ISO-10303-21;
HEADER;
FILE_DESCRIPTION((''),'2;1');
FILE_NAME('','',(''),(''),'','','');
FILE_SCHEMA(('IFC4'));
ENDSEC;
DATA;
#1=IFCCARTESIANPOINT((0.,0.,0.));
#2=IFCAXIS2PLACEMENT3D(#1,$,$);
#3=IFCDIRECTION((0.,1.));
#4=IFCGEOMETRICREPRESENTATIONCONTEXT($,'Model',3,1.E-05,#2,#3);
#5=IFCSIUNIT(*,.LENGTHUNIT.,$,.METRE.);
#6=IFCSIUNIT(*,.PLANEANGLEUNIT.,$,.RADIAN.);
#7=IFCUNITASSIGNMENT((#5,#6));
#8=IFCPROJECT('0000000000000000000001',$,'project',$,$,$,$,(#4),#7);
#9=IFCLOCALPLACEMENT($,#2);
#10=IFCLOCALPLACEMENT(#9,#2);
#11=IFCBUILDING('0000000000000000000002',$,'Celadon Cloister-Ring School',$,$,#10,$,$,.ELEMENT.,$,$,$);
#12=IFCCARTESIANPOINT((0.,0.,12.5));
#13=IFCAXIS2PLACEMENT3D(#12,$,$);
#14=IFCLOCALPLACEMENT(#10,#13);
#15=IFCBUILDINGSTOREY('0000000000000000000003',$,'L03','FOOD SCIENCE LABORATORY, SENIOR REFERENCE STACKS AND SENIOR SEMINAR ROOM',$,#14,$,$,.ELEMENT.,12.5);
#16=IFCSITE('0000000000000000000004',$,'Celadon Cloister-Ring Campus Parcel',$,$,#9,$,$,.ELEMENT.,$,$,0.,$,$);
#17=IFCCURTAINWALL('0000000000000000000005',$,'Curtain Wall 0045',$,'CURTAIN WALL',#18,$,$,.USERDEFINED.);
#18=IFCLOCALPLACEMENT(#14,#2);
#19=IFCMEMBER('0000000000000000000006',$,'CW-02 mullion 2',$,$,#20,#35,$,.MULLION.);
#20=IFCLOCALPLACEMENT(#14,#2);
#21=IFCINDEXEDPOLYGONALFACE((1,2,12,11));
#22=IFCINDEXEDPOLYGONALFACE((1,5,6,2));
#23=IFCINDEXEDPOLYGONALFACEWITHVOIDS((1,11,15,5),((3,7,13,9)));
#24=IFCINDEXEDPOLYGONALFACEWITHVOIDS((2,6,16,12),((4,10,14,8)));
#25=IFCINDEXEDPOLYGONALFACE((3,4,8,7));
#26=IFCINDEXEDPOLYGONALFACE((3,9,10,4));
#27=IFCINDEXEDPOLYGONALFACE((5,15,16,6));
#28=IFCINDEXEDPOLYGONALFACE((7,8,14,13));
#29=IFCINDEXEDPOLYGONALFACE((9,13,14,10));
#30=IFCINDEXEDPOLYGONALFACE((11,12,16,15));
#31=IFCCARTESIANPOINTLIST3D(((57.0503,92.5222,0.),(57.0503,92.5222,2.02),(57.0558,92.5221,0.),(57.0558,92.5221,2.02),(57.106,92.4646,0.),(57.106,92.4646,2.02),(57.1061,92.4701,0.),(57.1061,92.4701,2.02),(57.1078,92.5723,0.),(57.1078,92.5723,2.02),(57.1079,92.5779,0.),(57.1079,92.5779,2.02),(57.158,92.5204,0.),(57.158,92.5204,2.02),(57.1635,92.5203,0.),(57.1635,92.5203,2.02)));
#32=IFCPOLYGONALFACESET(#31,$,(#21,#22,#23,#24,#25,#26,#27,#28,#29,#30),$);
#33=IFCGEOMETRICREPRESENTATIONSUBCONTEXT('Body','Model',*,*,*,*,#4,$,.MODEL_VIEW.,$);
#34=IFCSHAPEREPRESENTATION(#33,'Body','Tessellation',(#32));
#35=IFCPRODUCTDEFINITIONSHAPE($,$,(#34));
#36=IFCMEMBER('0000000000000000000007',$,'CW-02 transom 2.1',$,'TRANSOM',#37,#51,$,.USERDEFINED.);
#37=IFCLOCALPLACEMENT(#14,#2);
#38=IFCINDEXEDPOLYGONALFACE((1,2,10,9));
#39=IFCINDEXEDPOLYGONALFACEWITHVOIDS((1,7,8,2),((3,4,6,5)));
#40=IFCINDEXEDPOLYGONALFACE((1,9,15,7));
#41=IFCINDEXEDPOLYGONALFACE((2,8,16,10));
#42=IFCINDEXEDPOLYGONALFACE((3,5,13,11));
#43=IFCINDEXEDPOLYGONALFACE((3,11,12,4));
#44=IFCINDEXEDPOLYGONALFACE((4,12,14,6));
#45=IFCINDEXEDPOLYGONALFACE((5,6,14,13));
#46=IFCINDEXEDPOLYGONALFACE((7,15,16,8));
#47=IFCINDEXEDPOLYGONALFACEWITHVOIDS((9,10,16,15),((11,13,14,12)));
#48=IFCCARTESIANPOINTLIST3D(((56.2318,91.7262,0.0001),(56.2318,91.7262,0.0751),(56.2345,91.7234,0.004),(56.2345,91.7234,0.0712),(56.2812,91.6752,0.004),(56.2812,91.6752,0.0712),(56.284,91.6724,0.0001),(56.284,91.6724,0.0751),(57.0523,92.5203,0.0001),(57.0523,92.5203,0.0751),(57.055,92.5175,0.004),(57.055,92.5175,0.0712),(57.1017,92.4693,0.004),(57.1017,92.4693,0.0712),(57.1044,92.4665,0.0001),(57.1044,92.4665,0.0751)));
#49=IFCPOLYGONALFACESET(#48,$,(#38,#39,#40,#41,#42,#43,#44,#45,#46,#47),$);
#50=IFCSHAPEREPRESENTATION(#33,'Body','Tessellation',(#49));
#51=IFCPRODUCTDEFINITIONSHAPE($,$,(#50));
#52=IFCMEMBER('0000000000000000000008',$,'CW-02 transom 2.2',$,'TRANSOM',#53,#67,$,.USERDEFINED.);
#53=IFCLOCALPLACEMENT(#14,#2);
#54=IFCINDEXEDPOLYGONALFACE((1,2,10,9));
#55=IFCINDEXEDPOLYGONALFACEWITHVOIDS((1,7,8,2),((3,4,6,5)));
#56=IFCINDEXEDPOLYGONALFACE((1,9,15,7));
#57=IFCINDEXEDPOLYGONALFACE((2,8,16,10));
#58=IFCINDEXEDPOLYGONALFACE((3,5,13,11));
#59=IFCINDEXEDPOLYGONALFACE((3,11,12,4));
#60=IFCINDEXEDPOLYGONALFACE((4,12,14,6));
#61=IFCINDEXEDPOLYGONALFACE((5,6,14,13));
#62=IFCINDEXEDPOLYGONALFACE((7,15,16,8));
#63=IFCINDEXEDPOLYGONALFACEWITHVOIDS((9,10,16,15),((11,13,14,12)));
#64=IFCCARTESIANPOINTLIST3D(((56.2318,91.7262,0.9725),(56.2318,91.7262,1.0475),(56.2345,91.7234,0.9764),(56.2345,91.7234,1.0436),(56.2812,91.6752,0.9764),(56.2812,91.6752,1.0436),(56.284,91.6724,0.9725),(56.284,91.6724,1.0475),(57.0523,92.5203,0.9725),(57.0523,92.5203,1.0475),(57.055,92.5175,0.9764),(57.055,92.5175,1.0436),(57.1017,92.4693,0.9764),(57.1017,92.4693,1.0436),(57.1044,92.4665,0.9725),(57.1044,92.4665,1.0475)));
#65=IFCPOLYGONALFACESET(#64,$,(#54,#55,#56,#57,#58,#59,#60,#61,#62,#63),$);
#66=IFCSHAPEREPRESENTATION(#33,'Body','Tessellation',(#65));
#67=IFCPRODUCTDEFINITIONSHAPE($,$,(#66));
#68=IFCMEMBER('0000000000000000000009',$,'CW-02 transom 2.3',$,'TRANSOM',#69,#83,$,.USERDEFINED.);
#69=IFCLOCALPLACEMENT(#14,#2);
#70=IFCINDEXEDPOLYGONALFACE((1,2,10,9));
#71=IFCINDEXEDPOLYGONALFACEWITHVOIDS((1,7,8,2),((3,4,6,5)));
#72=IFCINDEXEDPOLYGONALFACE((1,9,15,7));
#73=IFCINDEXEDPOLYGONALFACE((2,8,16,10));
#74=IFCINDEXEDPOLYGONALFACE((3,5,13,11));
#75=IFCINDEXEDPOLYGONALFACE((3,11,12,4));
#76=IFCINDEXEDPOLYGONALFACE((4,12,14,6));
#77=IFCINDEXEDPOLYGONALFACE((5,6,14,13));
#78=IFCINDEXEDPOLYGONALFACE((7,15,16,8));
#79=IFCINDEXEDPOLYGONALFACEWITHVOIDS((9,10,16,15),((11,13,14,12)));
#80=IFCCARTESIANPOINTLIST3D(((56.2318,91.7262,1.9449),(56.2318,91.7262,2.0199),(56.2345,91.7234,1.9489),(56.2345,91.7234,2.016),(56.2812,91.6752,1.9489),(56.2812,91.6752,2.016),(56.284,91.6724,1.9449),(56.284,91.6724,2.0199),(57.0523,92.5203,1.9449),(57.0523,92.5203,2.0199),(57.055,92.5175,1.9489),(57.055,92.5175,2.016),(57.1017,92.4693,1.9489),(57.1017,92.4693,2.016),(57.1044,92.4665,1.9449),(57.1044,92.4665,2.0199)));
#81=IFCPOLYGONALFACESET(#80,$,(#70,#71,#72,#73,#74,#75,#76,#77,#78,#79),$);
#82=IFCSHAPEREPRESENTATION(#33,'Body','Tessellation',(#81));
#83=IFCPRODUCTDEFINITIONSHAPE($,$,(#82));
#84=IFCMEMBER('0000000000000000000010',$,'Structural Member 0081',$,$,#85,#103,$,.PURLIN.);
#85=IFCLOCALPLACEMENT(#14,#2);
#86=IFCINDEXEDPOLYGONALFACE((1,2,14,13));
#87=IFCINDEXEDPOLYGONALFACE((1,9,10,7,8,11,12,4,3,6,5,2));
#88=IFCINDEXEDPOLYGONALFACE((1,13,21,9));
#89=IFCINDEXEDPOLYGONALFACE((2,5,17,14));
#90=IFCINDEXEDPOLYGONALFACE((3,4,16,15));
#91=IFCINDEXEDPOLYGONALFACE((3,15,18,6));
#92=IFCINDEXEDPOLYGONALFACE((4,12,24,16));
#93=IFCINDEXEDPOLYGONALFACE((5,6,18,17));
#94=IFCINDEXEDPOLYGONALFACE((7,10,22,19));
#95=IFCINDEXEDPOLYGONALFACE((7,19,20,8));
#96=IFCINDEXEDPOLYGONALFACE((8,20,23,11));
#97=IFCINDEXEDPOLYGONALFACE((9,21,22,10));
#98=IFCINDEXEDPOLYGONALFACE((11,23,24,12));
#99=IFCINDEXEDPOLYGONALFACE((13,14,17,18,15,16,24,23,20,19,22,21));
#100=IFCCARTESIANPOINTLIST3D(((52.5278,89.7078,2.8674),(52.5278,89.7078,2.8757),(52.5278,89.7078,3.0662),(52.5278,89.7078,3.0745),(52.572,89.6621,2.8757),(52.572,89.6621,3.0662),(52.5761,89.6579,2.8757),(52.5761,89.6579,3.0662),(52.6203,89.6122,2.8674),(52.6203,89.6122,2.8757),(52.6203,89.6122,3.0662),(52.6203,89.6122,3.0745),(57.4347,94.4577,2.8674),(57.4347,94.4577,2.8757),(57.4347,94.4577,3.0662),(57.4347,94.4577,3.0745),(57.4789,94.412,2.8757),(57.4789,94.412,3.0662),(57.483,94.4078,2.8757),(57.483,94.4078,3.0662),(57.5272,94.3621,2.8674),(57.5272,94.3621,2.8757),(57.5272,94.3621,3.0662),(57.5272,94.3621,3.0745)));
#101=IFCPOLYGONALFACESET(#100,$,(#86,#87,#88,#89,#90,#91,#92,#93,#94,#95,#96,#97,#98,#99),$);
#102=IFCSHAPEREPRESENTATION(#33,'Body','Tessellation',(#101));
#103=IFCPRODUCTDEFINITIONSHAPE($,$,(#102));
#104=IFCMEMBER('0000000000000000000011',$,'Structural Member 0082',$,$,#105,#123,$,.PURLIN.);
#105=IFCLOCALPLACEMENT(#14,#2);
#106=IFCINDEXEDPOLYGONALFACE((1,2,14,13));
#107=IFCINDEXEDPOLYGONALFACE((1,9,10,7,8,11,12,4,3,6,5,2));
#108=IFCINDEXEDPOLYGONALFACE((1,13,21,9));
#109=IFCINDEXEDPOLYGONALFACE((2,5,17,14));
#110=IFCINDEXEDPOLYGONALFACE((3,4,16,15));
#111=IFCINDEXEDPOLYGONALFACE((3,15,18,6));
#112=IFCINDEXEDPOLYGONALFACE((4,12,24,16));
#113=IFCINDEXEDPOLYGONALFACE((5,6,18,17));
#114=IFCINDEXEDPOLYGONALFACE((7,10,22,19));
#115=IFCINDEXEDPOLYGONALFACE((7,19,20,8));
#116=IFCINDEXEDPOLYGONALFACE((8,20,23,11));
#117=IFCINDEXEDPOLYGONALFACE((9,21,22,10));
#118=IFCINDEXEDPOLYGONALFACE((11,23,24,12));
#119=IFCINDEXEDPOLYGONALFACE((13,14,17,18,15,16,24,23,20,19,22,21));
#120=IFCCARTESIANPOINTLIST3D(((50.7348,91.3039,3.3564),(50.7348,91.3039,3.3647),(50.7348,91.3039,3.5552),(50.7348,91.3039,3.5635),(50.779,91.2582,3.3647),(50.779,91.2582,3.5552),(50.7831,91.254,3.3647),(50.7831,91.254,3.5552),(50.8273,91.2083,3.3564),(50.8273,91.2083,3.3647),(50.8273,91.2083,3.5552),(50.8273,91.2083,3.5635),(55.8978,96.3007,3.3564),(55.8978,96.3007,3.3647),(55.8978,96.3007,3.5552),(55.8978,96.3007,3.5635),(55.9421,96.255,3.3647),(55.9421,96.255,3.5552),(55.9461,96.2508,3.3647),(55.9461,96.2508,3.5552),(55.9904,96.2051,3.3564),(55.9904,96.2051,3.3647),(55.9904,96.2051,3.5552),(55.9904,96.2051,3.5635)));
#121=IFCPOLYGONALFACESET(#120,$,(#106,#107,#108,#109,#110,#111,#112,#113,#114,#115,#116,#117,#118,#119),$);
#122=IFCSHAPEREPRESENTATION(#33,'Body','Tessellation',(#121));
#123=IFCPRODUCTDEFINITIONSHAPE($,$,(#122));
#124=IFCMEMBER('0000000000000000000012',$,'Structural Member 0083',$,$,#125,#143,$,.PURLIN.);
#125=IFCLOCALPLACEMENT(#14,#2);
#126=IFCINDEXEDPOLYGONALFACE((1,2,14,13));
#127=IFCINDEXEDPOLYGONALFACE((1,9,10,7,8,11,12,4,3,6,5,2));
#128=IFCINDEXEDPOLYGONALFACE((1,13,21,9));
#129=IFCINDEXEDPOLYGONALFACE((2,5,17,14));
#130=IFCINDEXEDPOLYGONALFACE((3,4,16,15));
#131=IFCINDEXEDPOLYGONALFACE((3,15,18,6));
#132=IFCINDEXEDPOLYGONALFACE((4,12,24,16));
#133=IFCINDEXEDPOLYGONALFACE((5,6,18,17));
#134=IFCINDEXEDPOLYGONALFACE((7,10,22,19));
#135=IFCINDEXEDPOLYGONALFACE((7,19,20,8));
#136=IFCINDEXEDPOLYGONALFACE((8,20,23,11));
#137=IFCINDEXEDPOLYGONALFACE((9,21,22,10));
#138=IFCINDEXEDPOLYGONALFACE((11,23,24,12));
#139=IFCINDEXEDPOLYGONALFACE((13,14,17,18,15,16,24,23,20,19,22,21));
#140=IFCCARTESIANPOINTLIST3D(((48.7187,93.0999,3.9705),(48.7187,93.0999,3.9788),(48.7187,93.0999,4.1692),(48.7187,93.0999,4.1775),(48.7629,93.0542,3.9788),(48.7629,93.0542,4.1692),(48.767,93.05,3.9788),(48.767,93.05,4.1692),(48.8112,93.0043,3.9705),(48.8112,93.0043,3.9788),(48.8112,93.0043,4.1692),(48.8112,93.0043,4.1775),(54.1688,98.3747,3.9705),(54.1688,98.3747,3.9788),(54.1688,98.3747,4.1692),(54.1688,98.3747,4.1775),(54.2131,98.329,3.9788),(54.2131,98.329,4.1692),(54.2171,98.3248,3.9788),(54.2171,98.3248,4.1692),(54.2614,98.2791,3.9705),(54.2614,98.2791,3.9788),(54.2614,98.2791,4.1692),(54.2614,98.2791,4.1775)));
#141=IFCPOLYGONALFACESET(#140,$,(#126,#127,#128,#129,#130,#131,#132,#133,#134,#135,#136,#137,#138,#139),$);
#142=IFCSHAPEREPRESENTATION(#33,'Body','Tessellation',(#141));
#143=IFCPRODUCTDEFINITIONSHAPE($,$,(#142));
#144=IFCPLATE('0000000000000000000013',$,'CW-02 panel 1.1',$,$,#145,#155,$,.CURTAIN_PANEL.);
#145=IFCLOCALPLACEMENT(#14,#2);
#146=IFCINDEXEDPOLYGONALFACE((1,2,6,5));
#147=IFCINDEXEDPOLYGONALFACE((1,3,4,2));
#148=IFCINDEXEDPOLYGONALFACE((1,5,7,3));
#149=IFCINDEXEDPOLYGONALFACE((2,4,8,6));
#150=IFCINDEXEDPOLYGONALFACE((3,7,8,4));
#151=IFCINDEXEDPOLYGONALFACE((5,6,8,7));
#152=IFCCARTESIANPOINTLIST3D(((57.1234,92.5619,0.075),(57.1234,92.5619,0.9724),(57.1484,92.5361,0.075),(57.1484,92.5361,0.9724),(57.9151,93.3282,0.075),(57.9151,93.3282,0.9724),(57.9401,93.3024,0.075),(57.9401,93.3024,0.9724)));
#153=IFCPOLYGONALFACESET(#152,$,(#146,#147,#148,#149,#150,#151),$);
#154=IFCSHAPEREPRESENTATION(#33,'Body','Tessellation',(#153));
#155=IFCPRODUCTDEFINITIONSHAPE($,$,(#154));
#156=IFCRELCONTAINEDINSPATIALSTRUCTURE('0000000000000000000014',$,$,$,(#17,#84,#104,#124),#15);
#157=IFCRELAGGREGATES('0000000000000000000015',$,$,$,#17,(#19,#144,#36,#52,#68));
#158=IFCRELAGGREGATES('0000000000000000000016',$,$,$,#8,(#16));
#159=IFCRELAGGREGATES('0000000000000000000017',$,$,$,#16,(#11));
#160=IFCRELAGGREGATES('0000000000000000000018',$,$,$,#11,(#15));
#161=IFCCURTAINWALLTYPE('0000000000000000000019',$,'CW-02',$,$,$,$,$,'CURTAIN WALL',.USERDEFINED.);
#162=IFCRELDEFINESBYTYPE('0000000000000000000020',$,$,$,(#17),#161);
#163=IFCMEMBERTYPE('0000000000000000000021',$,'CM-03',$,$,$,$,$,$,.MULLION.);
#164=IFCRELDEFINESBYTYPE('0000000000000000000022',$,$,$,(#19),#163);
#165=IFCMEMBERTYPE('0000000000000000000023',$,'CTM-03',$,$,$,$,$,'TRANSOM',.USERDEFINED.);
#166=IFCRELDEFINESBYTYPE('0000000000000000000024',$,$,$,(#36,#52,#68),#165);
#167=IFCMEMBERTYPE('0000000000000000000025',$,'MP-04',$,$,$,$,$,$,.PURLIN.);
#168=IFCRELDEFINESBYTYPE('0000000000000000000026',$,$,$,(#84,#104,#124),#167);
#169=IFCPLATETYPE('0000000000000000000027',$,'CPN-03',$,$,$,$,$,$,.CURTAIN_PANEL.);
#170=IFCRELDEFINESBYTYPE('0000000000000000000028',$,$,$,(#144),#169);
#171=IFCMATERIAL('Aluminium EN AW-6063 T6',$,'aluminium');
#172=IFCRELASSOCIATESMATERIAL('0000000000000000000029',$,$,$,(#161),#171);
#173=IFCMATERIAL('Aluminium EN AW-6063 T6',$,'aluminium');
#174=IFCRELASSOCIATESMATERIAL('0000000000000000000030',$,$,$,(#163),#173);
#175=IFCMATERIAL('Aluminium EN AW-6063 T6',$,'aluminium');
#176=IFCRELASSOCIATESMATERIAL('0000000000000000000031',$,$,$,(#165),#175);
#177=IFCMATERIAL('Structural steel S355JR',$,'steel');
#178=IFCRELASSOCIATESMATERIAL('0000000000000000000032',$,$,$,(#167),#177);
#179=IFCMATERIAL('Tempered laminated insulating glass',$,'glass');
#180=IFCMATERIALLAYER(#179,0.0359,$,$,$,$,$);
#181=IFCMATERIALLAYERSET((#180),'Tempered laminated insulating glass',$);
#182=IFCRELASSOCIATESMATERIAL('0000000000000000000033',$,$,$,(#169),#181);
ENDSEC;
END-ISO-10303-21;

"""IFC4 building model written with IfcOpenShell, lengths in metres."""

from ifc_helpers import new_model, si_unit, direction, frame, origin, origin_2d, place, context, subcontext, project, spatial, rectangle, hollow_rectangle, i_section, extrude, material, layer, layer_set, material_profile, profile_set, type_object, element, aggregate, save


model = new_model("IFC4")

# Units and contexts
model_context = context("Model", 3, precision=1e-05, world=origin(), true_north=direction((0.0, 1.0)))
body_context = subcontext(model_context, "Body", "Model", "MODEL_VIEW")
ifc_project = project(units=[si_unit("LENGTHUNIT", "METRE"), si_unit("PLANEANGLEUNIT", "RADIAN")], contexts=[model_context])

# Site, building, storey
site_placement = place(None, origin())
site = spatial("IfcSite", under=ifc_project, at=site_placement, Name="Celadon Cloister-Ring Campus Parcel", CompositionType="ELEMENT", RefElevation=0.0)
building_placement = place(site_placement, origin())
building = spatial("IfcBuilding", under=site, at=building_placement, Name="Celadon Cloister-Ring School", CompositionType="ELEMENT")
storey_placement = place(building_placement, frame((0.0, 0.0, 12.5)))
storey = spatial("IfcBuildingStorey", under=building, at=storey_placement, Name="L03", Description="FOOD SCIENCE LABORATORY, SENIOR REFERENCE STACKS AND SENIOR SEMINAR ROOM", CompositionType="ELEMENT", Elevation=12.5)

# Curtain wall, members
ifc_material_1 = material(Name="Aluminium EN AW-6063 T6", Category="aluminium")
curtain_wall_type = type_object("IfcCurtainWallType", Name="CW-02", ElementType="CURTAIN WALL", PredefinedType="USERDEFINED", material=ifc_material_1)
curtain_wall_placement = place(storey_placement, origin())
curtain_wall = element("IfcCurtainWall", 1, at=curtain_wall_placement, inside=storey, type_object=curtain_wall_type, Name="Curtain Wall 0045", ObjectType="CURTAIN WALL", PredefinedType="USERDEFINED")
ifc_material_2 = material(Name="Aluminium EN AW-6063 T6", Category="aluminium")
ifc_material_profile_1 = material_profile(ifc_material_2, hollow_rectangle(XDim=0.0801, YDim=0.0801, WallThickness=0.0039, at=origin_2d()), Name="RHS80X80X4")
ifc_profile_set_1 = profile_set([ifc_material_profile_1], Name="Aluminium EN AW-6063 T6")
member_type_1 = type_object("IfcMemberType", Name="CM-03", PredefinedType="MULLION", material=ifc_profile_set_1)
member_1_placement = place(storey_placement, frame((57.1069, 92.5212, 0.0), z_axis=(0.0, 0.0, 1.0), x_axis=(0.695473, -0.718552, 0.0)))
member_1 = element("IfcMember", 2, at=member_1_placement, type_object=member_type_1, Name="CW-02 mullion 2", PredefinedType="MULLION", context=body_context, shape_type="SweptSolid", body=[
    extrude(hollow_rectangle(XDim=0.0801, YDim=0.0801, WallThickness=0.0039, at=origin_2d()), origin(), (0.0, 0.0, 1.0), 2.02),
])
ifc_material_3 = material(Name="Aluminium EN AW-6063 T6", Category="aluminium")
ifc_material_profile_2 = material_profile(ifc_material_3, hollow_rectangle(XDim=0.075, YDim=0.075, WallThickness=0.0039, at=origin_2d()), Name="RHS75X75X4")
ifc_profile_set_2 = profile_set([ifc_material_profile_2], Name="Aluminium EN AW-6063 T6")
member_type_2 = type_object("IfcMemberType", Name="CTM-03", ElementType="TRANSOM", PredefinedType="USERDEFINED", material=ifc_profile_set_2)
member_2_placement = place(storey_placement, frame((57.0784, 92.4934, 0.0376), z_axis=(-0.718557, -0.695468, 0.0), x_axis=(0.695468, -0.718557, 0.0)))
member_2 = element("IfcMember", 3, at=member_2_placement, type_object=member_type_2, Name="CW-02 transom 2.1", ObjectType="TRANSOM", PredefinedType="USERDEFINED", context=body_context, shape_type="SweptSolid", body=[
    extrude(hollow_rectangle(XDim=0.075, YDim=0.075, WallThickness=0.0039, at=origin_2d()), origin(), (0.0, 0.0, 1.0), 1.1418),
])
member_3_placement = place(storey_placement, frame((57.0784, 92.4934, 1.01), z_axis=(-0.718557, -0.695468, 0.0), x_axis=(0.695468, -0.718557, 0.0)))
member_3 = element("IfcMember", 4, at=member_3_placement, type_object=member_type_2, Name="CW-02 transom 2.2", ObjectType="TRANSOM", PredefinedType="USERDEFINED", context=body_context, shape_type="SweptSolid", body=[
    extrude(hollow_rectangle(XDim=0.075, YDim=0.075, WallThickness=0.0039, at=origin_2d()), origin(), (0.0, 0.0, 1.0), 1.1418),
])
member_4_placement = place(storey_placement, frame((57.0784, 92.4934, 1.9824), z_axis=(-0.718557, -0.695468, 0.0), x_axis=(0.695468, -0.718557, 0.0)))
member_4 = element("IfcMember", 5, at=member_4_placement, type_object=member_type_2, Name="CW-02 transom 2.3", ObjectType="TRANSOM", PredefinedType="USERDEFINED", context=body_context, shape_type="SweptSolid", body=[
    extrude(hollow_rectangle(XDim=0.075, YDim=0.075, WallThickness=0.0039, at=origin_2d()), origin(), (0.0, 0.0, 1.0), 1.1418),
])

# Members
ifc_material_4 = material(Name="Structural steel S355JR", Category="steel")
ifc_material_profile_3 = material_profile(ifc_material_4, i_section(OverallWidth=0.1331, OverallDepth=0.207, WebThickness=0.0059, FlangeThickness=0.0083, at=origin_2d()), Name="W200X27")
ifc_profile_set_3 = profile_set([ifc_material_profile_3], Name="Structural steel S355JR")
member_type_3 = type_object("IfcMemberType", Name="MP-04", PredefinedType="PURLIN", material=ifc_profile_set_3)
member_5_placement = place(storey_placement, frame((57.481, 94.4099, 2.9709), z_axis=(-0.718506, -0.69552, 0.0), x_axis=(0.69552, -0.718506, 0.0)))
element("IfcMember", 6, at=member_5_placement, inside=storey, type_object=member_type_3, Name="Structural Member 0081", PredefinedType="PURLIN", context=body_context, shape_type="SweptSolid", body=[
    extrude(i_section(OverallWidth=0.1331, OverallDepth=0.207, WebThickness=0.0059, FlangeThickness=0.0083, at=origin_2d()), origin(), (0.0, 0.0, 1.0), 6.8293),
])
member_6_placement = place(storey_placement, frame((55.9441, 96.2529, 3.46), z_axis=(-0.718582, -0.695442, 0.0), x_axis=(0.695442, -0.718582, 0.0)))
element("IfcMember", 7, at=member_6_placement, inside=storey, type_object=member_type_3, Name="Structural Member 0082", PredefinedType="PURLIN", context=body_context, shape_type="SweptSolid", body=[
    extrude(i_section(OverallWidth=0.1331, OverallDepth=0.207, WebThickness=0.0059, FlangeThickness=0.0083, at=origin_2d()), origin(), (0.0, 0.0, 1.0), 7.1851),
])
member_7_placement = place(storey_placement, frame((54.2151, 98.3269, 4.074), z_axis=(-0.718568, -0.695457, 0.0), x_axis=(0.695457, -0.718568, 0.0)))
element("IfcMember", 8, at=member_7_placement, inside=storey, type_object=member_type_3, Name="Structural Member 0083", PredefinedType="PURLIN", context=body_context, shape_type="SweptSolid", body=[
    extrude(i_section(OverallWidth=0.1331, OverallDepth=0.207, WebThickness=0.0059, FlangeThickness=0.0083, at=origin_2d()), origin(), (0.0, 0.0, 1.0), 7.5847),
])

# Plate
ifc_material_5 = material(Name="Tempered laminated insulating glass", Category="glass")
ifc_layer_1 = layer(ifc_material_5, 0.0359)
ifc_layer_set_1 = layer_set([ifc_layer_1], Name="Tempered laminated insulating glass")
plate_type = type_object("IfcPlateType", Name="CPN-03", PredefinedType="CURTAIN_PANEL", material=ifc_layer_set_1)
plate_placement = place(storey_placement, frame((57.5317, 92.9321, 0.075), z_axis=(0.0, 0.0, 1.0), x_axis=(-0.718552, -0.695473, 0.0)))
plate = element("IfcPlate", 9, at=plate_placement, type_object=plate_type, Name="CW-02 panel 1.1", PredefinedType="CURTAIN_PANEL", context=body_context, shape_type="SweptSolid", body=[
    extrude(rectangle(XDim=1.1018, YDim=0.0359, at=origin_2d()), origin(), (0.0, 0.0, 1.0), 0.8975),
])
aggregate(curtain_wall, [member_1, plate, member_2, member_3, member_4])

save(model, "model.ifc")
